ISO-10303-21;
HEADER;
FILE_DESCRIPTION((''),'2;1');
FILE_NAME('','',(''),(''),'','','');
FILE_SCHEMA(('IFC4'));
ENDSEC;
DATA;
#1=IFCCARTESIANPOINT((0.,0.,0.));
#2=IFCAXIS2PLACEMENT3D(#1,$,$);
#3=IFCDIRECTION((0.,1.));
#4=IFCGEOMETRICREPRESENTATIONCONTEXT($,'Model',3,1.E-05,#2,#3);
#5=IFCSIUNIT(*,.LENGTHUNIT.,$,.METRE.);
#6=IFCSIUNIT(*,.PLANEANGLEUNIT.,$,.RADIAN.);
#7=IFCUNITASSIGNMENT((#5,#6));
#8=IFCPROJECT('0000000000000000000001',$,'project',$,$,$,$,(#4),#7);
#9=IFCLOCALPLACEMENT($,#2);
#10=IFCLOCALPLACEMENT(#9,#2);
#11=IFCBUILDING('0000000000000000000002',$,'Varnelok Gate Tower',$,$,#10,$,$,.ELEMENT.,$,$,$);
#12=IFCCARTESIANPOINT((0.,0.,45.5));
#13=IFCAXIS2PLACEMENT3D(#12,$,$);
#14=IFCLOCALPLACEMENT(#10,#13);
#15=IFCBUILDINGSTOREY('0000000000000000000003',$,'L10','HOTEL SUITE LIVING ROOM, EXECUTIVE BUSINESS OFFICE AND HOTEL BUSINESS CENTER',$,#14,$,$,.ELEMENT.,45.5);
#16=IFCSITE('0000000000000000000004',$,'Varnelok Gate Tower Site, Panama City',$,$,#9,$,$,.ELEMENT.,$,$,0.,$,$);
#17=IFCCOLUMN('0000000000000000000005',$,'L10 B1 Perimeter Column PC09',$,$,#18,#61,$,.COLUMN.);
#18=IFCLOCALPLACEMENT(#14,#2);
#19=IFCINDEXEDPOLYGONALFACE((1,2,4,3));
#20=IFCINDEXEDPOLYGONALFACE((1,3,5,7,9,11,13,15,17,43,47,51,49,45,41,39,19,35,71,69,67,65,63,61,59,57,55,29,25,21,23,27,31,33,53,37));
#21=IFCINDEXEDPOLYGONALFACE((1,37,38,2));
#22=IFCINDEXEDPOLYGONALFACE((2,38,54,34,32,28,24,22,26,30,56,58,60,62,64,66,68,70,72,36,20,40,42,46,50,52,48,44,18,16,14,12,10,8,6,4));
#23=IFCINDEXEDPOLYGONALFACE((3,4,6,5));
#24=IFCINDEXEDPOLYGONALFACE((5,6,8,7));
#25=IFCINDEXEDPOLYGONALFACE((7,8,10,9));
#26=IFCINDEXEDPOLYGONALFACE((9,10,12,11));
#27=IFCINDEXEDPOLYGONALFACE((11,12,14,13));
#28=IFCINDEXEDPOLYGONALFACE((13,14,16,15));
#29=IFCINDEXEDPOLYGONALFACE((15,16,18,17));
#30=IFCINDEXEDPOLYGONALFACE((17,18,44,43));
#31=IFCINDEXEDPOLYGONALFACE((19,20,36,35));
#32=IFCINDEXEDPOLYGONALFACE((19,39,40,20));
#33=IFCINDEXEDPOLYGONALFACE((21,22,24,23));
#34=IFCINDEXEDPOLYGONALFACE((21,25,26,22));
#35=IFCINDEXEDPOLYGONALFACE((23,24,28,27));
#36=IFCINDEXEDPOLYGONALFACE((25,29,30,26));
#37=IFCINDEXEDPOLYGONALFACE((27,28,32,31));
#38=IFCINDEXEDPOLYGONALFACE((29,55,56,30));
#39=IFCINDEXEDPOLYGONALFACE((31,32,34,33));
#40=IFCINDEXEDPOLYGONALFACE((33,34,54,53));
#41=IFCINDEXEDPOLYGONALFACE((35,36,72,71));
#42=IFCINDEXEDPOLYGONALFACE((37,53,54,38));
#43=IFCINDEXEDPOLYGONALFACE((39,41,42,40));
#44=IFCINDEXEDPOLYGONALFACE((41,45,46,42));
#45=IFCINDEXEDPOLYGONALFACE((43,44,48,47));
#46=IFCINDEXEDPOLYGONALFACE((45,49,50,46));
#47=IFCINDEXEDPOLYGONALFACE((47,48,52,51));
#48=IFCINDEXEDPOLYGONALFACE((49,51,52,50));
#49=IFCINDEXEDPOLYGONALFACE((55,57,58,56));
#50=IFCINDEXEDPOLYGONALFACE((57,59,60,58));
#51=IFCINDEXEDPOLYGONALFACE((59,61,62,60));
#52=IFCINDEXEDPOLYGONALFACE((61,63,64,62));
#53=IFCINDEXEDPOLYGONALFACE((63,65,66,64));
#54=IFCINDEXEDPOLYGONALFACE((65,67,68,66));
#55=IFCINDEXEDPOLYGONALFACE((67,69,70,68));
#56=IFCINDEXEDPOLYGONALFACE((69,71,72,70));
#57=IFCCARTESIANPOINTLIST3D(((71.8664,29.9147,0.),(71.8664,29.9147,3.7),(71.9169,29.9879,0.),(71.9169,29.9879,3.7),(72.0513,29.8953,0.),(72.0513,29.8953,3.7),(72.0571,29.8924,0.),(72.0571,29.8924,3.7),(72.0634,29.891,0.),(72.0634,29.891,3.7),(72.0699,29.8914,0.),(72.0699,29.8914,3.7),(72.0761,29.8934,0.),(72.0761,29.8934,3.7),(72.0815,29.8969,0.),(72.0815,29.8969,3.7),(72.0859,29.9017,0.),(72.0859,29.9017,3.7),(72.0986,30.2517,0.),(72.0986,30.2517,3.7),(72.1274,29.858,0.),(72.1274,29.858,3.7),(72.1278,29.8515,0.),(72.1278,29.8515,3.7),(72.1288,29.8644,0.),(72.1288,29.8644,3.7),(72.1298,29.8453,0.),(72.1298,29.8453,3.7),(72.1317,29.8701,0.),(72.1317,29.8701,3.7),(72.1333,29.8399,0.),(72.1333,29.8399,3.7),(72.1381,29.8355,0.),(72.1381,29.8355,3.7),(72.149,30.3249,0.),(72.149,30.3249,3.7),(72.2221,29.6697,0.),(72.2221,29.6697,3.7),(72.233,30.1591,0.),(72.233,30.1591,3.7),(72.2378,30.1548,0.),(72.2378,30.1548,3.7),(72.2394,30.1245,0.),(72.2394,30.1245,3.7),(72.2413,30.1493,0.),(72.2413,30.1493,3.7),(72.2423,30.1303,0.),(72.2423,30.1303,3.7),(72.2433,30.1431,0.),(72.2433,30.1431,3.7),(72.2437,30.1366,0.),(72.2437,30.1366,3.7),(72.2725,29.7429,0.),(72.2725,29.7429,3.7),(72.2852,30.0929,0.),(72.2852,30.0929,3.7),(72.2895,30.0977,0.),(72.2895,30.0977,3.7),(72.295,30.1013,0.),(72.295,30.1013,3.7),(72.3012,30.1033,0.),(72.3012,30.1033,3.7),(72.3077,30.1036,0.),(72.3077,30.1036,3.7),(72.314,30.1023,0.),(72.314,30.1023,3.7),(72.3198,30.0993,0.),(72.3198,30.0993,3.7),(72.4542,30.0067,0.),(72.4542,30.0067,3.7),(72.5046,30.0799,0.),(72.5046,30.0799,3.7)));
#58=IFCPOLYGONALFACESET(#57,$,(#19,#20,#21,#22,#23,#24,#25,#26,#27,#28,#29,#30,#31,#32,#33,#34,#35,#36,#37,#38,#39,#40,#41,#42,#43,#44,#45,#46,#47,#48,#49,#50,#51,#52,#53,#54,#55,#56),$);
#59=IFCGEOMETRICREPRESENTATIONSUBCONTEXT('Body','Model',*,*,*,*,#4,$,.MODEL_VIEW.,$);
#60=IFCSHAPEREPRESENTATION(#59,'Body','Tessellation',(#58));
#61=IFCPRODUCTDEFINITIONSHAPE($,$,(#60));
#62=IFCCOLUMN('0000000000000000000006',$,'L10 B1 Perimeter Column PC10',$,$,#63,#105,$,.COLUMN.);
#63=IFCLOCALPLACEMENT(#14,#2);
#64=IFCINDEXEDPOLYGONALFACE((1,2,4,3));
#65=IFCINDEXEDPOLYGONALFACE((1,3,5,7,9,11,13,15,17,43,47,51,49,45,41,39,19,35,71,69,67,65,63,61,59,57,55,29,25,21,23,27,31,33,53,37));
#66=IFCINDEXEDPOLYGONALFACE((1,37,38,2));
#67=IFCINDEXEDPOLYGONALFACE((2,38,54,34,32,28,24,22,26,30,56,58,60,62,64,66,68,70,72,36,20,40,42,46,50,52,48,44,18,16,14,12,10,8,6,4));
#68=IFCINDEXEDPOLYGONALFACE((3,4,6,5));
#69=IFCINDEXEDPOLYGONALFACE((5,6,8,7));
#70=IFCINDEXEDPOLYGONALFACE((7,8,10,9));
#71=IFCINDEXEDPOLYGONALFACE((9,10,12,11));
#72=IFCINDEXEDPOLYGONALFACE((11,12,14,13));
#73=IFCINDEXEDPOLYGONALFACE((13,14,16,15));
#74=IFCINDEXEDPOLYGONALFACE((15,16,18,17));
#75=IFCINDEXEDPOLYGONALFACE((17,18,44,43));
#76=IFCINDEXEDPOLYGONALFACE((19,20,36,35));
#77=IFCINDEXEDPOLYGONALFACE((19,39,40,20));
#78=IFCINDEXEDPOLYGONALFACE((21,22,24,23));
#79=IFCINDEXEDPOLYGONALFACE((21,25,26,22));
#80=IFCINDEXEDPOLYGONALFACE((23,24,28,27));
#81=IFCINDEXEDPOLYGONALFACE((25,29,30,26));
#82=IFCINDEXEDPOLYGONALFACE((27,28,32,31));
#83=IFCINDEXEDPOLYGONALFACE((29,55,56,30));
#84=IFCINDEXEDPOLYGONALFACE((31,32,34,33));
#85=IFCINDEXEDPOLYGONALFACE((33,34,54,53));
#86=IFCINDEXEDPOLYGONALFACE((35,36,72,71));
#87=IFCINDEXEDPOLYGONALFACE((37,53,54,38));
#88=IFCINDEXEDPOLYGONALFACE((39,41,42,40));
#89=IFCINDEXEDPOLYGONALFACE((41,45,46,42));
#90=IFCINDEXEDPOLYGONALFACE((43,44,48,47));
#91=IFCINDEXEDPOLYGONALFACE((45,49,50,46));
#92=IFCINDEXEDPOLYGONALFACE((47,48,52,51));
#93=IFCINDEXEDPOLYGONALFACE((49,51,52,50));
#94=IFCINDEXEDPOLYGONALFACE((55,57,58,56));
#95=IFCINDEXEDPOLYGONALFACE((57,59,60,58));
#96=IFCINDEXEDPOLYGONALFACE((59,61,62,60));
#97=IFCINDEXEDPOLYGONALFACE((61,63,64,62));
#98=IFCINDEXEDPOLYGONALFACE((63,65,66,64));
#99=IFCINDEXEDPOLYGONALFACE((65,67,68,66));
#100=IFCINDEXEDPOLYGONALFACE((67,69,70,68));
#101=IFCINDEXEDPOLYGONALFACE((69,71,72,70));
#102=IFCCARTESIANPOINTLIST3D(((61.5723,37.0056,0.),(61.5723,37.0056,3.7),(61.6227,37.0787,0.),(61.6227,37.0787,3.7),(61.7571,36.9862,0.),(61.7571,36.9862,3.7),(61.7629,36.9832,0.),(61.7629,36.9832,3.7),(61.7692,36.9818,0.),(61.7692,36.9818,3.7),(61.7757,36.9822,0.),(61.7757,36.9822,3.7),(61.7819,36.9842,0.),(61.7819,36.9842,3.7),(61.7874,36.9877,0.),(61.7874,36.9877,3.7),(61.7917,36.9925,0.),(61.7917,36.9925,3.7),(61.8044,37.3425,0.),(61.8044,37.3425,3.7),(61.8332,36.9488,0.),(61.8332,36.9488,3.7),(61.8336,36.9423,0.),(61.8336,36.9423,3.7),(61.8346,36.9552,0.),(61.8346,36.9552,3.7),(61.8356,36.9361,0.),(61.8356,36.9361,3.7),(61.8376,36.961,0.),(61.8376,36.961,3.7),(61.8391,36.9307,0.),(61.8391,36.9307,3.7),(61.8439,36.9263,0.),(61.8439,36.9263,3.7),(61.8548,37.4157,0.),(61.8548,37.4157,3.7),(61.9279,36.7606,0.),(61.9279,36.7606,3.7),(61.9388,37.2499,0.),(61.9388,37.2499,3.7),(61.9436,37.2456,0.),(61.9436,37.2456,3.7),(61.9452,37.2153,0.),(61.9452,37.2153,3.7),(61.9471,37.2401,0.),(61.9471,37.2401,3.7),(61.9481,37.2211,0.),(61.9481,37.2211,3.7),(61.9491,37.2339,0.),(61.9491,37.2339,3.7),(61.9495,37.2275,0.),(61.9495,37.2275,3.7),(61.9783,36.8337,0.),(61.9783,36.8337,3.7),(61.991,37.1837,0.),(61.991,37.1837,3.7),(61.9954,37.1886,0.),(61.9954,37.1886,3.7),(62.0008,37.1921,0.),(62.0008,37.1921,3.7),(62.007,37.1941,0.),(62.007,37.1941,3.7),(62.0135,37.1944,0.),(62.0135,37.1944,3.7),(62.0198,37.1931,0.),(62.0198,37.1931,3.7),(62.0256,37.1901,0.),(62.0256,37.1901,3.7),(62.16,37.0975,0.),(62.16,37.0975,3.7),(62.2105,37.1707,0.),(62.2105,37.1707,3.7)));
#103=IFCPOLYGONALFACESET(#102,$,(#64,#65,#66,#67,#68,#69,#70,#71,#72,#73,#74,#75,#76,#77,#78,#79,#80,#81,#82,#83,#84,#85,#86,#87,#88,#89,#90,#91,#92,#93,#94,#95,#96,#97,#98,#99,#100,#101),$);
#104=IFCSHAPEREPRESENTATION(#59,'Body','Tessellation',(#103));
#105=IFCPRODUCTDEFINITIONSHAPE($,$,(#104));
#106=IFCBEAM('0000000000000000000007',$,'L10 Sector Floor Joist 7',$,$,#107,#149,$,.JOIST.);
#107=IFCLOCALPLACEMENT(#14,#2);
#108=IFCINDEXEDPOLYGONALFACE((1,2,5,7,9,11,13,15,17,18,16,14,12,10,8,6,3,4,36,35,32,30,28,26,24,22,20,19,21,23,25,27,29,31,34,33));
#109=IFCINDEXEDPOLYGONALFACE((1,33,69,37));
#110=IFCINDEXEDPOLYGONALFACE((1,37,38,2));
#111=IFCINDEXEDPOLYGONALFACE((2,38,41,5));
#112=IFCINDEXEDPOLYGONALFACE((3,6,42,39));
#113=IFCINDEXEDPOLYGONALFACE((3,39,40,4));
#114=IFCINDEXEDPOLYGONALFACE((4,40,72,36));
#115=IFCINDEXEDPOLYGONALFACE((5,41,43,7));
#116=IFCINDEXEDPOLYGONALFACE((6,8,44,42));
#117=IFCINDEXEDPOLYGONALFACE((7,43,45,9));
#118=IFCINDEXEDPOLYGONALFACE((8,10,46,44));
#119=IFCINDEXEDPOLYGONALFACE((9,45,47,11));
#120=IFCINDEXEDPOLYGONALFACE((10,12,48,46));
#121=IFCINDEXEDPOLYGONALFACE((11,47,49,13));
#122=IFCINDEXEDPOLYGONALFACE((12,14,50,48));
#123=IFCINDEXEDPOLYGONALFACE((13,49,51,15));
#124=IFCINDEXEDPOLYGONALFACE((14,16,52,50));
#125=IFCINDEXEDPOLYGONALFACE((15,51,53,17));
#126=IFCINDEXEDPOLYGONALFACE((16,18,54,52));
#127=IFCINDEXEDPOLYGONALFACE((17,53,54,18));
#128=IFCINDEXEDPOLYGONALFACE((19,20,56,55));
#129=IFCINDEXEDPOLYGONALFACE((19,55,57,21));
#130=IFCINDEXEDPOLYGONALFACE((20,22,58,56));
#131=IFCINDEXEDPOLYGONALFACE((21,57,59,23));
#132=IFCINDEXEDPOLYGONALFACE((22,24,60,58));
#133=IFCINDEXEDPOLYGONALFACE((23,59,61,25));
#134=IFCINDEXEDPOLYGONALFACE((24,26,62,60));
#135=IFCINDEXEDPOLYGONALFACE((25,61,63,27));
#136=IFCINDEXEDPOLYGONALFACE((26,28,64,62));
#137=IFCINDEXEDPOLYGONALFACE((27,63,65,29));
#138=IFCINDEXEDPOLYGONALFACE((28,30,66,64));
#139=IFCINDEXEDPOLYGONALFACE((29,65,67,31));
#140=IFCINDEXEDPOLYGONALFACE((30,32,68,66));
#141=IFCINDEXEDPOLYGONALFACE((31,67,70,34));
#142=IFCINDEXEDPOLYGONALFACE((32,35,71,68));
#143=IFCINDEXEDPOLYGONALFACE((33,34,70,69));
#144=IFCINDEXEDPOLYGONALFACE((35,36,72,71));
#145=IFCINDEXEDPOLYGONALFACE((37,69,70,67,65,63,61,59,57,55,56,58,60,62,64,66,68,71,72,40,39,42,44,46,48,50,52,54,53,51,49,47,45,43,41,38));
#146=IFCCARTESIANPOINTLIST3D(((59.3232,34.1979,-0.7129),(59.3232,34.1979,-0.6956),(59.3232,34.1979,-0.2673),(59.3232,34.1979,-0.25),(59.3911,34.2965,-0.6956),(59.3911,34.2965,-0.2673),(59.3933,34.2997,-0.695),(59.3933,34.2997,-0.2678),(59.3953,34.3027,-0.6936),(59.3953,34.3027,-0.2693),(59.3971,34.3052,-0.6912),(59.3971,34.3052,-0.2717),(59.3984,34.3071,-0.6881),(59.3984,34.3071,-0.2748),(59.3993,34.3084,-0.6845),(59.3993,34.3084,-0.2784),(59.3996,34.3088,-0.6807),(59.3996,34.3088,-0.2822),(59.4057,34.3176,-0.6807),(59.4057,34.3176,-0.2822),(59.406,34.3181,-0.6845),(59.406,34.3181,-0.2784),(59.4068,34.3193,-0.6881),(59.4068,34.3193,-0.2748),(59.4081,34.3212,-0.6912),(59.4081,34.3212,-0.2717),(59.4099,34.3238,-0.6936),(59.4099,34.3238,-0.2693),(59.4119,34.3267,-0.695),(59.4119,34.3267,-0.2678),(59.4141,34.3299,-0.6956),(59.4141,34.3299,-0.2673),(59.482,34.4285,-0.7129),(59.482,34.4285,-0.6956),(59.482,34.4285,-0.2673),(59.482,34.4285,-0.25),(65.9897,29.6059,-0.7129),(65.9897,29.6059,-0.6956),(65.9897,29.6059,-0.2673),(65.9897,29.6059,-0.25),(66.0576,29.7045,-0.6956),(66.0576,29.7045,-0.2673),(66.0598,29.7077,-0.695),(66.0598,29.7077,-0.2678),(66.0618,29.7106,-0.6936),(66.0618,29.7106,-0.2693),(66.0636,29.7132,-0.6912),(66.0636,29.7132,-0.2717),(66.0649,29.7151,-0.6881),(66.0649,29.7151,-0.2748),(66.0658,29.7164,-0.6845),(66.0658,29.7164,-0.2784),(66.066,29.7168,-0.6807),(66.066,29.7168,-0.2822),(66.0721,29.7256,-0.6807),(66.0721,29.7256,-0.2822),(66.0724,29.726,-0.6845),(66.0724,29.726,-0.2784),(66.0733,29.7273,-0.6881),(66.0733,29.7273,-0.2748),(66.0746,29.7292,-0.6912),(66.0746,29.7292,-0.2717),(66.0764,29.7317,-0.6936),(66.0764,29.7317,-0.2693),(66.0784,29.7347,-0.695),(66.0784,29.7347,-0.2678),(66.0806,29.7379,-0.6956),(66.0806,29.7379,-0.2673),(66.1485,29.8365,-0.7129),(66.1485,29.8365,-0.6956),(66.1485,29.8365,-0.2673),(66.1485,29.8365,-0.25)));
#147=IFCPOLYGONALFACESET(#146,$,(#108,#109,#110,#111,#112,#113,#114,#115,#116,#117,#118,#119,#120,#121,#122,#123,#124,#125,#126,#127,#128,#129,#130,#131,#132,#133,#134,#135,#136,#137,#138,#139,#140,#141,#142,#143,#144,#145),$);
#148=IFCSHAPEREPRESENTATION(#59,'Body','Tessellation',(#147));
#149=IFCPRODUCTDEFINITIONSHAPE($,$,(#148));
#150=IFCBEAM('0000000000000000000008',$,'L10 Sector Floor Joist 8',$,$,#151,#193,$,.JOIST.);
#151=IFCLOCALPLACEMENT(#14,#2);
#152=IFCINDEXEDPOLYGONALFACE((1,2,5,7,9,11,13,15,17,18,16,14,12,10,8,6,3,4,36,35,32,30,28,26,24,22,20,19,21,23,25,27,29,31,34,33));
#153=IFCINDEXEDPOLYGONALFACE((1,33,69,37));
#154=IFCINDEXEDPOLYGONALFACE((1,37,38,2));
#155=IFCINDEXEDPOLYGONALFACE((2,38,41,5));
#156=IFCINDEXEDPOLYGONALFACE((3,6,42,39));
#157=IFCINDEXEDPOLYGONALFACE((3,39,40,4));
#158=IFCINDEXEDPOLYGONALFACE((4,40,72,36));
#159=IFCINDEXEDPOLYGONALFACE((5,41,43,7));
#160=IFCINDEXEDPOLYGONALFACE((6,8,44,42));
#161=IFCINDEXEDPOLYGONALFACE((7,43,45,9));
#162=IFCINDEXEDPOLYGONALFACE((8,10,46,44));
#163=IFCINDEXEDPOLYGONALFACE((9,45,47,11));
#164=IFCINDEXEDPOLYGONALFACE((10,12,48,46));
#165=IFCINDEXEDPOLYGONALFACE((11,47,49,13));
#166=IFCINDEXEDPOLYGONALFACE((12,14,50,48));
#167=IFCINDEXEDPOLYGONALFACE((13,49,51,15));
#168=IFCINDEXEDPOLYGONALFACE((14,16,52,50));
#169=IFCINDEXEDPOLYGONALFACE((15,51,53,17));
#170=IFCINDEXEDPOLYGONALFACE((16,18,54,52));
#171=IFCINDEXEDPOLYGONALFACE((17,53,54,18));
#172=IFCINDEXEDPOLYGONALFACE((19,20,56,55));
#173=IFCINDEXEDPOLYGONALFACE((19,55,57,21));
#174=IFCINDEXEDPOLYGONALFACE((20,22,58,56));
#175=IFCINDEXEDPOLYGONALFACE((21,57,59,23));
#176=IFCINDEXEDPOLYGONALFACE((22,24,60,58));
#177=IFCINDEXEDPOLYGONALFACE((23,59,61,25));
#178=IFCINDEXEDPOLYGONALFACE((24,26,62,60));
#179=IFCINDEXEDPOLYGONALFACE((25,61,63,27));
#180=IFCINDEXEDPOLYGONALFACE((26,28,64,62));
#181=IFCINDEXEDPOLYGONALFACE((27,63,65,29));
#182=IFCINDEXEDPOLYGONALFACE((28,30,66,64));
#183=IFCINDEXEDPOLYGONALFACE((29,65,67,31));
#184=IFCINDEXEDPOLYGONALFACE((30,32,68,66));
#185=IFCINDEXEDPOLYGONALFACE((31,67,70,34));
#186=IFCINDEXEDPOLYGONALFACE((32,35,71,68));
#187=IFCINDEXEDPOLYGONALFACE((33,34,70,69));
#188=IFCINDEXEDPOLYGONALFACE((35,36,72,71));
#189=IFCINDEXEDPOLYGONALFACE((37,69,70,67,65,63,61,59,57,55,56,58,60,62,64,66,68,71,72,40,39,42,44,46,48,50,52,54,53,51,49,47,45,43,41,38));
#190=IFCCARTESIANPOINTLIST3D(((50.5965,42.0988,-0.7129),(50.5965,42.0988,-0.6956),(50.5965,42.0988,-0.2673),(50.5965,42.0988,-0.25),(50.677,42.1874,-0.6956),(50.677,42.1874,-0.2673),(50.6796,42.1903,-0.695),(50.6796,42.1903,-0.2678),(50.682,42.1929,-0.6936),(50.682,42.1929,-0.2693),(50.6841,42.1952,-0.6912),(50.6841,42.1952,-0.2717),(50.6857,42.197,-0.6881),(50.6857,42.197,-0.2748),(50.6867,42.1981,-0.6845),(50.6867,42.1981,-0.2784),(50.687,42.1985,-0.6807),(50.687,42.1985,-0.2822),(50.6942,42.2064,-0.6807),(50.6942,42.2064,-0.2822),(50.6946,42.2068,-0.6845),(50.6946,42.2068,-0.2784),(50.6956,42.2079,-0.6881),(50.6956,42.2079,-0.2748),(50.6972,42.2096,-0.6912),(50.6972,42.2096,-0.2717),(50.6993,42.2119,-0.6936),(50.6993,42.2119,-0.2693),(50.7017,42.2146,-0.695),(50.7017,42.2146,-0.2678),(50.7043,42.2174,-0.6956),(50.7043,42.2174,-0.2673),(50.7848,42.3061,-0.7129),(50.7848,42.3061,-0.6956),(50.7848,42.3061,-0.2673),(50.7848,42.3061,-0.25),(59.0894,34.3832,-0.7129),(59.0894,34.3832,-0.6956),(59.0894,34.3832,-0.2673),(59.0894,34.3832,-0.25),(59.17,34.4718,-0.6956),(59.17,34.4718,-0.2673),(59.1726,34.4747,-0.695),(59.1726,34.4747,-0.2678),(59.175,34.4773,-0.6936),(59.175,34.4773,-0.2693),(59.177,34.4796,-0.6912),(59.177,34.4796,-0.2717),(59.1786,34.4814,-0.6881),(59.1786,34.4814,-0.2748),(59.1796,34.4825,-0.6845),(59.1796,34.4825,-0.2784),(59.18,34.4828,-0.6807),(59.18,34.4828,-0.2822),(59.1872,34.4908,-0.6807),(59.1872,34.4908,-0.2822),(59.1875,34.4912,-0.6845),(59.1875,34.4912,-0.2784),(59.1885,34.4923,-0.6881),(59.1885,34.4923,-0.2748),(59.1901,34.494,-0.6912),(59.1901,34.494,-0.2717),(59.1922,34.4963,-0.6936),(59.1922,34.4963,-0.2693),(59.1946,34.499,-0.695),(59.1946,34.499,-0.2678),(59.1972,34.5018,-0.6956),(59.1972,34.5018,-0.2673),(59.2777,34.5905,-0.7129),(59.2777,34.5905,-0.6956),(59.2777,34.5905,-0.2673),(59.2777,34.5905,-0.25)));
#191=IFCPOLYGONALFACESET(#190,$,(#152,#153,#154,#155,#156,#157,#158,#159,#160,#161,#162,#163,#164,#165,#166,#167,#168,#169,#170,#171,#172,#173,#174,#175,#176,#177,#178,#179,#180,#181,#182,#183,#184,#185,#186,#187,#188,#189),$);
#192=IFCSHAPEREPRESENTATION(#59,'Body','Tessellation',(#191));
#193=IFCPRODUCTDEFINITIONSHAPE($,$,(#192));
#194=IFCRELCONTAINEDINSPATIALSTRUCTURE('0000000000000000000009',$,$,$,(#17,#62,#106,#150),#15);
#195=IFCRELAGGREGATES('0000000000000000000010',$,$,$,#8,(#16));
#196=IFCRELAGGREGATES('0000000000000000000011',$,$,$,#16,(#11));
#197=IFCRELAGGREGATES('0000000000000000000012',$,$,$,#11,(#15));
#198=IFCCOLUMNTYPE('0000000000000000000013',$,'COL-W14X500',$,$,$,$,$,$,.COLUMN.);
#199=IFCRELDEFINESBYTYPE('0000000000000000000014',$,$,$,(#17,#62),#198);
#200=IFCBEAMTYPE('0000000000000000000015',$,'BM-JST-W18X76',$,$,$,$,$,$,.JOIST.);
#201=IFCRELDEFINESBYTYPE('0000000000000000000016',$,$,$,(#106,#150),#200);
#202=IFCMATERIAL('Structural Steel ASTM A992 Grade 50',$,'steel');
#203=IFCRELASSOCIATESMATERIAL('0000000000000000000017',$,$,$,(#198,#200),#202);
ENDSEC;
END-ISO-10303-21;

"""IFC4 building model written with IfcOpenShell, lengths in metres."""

from ifc_helpers import new_model, si_unit, direction, frame, origin, origin_2d, place, context, subcontext, project, spatial, i_section, extrude, material, material_profile, profile_set, type_object, element, save


model = new_model("IFC4")

# Units and contexts
model_context = context("Model", 3, precision=1e-05, world=origin(), true_north=direction((0.0, 1.0)))
body_context = subcontext(model_context, "Body", "Model", "MODEL_VIEW")
ifc_project = project(units=[si_unit("LENGTHUNIT", "METRE"), si_unit("PLANEANGLEUNIT", "RADIAN")], contexts=[model_context])

# Site, building, storey
site_placement = place(None, origin())
site = spatial("IfcSite", under=ifc_project, at=site_placement, Name="Varnelok Gate Tower Site, Panama City", CompositionType="ELEMENT", RefElevation=0.0)
building_placement = place(site_placement, origin())
building = spatial("IfcBuilding", under=site, at=building_placement, Name="Varnelok Gate Tower", CompositionType="ELEMENT")
storey_placement = place(building_placement, frame((0.0, 0.0, 45.5)))
storey = spatial("IfcBuildingStorey", under=building, at=storey_placement, Name="L10", Description="HOTEL SUITE LIVING ROOM, EXECUTIVE BUSINESS OFFICE AND HOTEL BUSINESS CENTER", CompositionType="ELEMENT", Elevation=45.5)

# Columns
ifc_material_1 = material(Name="Structural Steel ASTM A992 Grade 50", Category="steel")
ifc_material_profile_1 = material_profile(ifc_material_1, i_section(OverallWidth=0.4319, OverallDepth=0.498, WebThickness=0.0557, FlangeThickness=0.0889, FilletRadius=0.0249, at=origin_2d()), Name="W14X500")
ifc_profile_set_1 = profile_set([ifc_material_profile_1], Name="Structural Steel ASTM A992 Grade 50")
column_type = type_object("IfcColumnType", Name="COL-W14X500", PredefinedType="COLUMN", material=ifc_profile_set_1)
for number, where, z_axis, x_axis, name in (
    (1, (72.1855, 29.9973, 0.0), (0.0, 0.0, 1.0), (0.823533, -0.567269, 0.0), "L10 B1 Perimeter Column PC09"),
    (2, (61.8914, 37.0881, 0.0), (0.0, 0.0, 1.0), (0.823533, -0.567269, 0.0), "L10 B1 Perimeter Column PC10"),
):
    element("IfcColumn", number, at=place(storey_placement, frame(where, z_axis=z_axis, x_axis=x_axis)), inside=storey, type_object=column_type, Name=name, PredefinedType="COLUMN", context=body_context, shape_type="SweptSolid", body=[
        extrude(i_section(OverallWidth=0.4319, OverallDepth=0.498, WebThickness=0.0557, FlangeThickness=0.0889, FilletRadius=0.0249, at=origin_2d()), origin(), (0.0, 0.0, 1.0), 3.7),
    ])

# Beams
ifc_material_profile_2 = material_profile(ifc_material_1, i_section(OverallWidth=0.28, OverallDepth=0.4629, WebThickness=0.0107, FlangeThickness=0.0173, FilletRadius=0.0149, at=origin_2d()), Name="W18X76")
ifc_profile_set_2 = profile_set([ifc_material_profile_2], Name="Structural Steel ASTM A992 Grade 50")
beam_type_1 = type_object("IfcBeamType", Name="BM-JST-W18X76", PredefinedType="JOIST", material=ifc_profile_set_2)
beam_1_placement = place(storey_placement, frame((66.0691, 29.7212, -0.4814), z_axis=(-0.823533, 0.567268, 0.0), x_axis=(-0.567268, -0.823533, 0.0)))
element("IfcBeam", 3, at=beam_1_placement, inside=storey, type_object=beam_type_1, Name="L10 Sector Floor Joist 7", PredefinedType="JOIST", context=body_context, shape_type="SweptSolid", body=[
    extrude(i_section(OverallWidth=0.28, OverallDepth=0.4629, WebThickness=0.0107, FlangeThickness=0.0173, FilletRadius=0.0149, at=origin_2d()), origin(), (0.0, 0.0, 1.0), 8.095),
])
beam_2_placement = place(storey_placement, frame((59.1836, 34.4868, -0.4814), z_axis=(-0.740168, 0.672422, 0.0), x_axis=(-0.672422, -0.740168, 0.0)))
element("IfcBeam", 4, at=beam_2_placement, inside=storey, type_object=beam_type_1, Name="L10 Sector Floor Joist 8", PredefinedType="JOIST", context=body_context, shape_type="SweptSolid", body=[
    extrude(i_section(OverallWidth=0.28, OverallDepth=0.4629, WebThickness=0.0107, FlangeThickness=0.0173, FilletRadius=0.0149, at=origin_2d()), origin(), (0.0, 0.0, 1.0), 11.4744),
])

save(model, "model.ifc")
